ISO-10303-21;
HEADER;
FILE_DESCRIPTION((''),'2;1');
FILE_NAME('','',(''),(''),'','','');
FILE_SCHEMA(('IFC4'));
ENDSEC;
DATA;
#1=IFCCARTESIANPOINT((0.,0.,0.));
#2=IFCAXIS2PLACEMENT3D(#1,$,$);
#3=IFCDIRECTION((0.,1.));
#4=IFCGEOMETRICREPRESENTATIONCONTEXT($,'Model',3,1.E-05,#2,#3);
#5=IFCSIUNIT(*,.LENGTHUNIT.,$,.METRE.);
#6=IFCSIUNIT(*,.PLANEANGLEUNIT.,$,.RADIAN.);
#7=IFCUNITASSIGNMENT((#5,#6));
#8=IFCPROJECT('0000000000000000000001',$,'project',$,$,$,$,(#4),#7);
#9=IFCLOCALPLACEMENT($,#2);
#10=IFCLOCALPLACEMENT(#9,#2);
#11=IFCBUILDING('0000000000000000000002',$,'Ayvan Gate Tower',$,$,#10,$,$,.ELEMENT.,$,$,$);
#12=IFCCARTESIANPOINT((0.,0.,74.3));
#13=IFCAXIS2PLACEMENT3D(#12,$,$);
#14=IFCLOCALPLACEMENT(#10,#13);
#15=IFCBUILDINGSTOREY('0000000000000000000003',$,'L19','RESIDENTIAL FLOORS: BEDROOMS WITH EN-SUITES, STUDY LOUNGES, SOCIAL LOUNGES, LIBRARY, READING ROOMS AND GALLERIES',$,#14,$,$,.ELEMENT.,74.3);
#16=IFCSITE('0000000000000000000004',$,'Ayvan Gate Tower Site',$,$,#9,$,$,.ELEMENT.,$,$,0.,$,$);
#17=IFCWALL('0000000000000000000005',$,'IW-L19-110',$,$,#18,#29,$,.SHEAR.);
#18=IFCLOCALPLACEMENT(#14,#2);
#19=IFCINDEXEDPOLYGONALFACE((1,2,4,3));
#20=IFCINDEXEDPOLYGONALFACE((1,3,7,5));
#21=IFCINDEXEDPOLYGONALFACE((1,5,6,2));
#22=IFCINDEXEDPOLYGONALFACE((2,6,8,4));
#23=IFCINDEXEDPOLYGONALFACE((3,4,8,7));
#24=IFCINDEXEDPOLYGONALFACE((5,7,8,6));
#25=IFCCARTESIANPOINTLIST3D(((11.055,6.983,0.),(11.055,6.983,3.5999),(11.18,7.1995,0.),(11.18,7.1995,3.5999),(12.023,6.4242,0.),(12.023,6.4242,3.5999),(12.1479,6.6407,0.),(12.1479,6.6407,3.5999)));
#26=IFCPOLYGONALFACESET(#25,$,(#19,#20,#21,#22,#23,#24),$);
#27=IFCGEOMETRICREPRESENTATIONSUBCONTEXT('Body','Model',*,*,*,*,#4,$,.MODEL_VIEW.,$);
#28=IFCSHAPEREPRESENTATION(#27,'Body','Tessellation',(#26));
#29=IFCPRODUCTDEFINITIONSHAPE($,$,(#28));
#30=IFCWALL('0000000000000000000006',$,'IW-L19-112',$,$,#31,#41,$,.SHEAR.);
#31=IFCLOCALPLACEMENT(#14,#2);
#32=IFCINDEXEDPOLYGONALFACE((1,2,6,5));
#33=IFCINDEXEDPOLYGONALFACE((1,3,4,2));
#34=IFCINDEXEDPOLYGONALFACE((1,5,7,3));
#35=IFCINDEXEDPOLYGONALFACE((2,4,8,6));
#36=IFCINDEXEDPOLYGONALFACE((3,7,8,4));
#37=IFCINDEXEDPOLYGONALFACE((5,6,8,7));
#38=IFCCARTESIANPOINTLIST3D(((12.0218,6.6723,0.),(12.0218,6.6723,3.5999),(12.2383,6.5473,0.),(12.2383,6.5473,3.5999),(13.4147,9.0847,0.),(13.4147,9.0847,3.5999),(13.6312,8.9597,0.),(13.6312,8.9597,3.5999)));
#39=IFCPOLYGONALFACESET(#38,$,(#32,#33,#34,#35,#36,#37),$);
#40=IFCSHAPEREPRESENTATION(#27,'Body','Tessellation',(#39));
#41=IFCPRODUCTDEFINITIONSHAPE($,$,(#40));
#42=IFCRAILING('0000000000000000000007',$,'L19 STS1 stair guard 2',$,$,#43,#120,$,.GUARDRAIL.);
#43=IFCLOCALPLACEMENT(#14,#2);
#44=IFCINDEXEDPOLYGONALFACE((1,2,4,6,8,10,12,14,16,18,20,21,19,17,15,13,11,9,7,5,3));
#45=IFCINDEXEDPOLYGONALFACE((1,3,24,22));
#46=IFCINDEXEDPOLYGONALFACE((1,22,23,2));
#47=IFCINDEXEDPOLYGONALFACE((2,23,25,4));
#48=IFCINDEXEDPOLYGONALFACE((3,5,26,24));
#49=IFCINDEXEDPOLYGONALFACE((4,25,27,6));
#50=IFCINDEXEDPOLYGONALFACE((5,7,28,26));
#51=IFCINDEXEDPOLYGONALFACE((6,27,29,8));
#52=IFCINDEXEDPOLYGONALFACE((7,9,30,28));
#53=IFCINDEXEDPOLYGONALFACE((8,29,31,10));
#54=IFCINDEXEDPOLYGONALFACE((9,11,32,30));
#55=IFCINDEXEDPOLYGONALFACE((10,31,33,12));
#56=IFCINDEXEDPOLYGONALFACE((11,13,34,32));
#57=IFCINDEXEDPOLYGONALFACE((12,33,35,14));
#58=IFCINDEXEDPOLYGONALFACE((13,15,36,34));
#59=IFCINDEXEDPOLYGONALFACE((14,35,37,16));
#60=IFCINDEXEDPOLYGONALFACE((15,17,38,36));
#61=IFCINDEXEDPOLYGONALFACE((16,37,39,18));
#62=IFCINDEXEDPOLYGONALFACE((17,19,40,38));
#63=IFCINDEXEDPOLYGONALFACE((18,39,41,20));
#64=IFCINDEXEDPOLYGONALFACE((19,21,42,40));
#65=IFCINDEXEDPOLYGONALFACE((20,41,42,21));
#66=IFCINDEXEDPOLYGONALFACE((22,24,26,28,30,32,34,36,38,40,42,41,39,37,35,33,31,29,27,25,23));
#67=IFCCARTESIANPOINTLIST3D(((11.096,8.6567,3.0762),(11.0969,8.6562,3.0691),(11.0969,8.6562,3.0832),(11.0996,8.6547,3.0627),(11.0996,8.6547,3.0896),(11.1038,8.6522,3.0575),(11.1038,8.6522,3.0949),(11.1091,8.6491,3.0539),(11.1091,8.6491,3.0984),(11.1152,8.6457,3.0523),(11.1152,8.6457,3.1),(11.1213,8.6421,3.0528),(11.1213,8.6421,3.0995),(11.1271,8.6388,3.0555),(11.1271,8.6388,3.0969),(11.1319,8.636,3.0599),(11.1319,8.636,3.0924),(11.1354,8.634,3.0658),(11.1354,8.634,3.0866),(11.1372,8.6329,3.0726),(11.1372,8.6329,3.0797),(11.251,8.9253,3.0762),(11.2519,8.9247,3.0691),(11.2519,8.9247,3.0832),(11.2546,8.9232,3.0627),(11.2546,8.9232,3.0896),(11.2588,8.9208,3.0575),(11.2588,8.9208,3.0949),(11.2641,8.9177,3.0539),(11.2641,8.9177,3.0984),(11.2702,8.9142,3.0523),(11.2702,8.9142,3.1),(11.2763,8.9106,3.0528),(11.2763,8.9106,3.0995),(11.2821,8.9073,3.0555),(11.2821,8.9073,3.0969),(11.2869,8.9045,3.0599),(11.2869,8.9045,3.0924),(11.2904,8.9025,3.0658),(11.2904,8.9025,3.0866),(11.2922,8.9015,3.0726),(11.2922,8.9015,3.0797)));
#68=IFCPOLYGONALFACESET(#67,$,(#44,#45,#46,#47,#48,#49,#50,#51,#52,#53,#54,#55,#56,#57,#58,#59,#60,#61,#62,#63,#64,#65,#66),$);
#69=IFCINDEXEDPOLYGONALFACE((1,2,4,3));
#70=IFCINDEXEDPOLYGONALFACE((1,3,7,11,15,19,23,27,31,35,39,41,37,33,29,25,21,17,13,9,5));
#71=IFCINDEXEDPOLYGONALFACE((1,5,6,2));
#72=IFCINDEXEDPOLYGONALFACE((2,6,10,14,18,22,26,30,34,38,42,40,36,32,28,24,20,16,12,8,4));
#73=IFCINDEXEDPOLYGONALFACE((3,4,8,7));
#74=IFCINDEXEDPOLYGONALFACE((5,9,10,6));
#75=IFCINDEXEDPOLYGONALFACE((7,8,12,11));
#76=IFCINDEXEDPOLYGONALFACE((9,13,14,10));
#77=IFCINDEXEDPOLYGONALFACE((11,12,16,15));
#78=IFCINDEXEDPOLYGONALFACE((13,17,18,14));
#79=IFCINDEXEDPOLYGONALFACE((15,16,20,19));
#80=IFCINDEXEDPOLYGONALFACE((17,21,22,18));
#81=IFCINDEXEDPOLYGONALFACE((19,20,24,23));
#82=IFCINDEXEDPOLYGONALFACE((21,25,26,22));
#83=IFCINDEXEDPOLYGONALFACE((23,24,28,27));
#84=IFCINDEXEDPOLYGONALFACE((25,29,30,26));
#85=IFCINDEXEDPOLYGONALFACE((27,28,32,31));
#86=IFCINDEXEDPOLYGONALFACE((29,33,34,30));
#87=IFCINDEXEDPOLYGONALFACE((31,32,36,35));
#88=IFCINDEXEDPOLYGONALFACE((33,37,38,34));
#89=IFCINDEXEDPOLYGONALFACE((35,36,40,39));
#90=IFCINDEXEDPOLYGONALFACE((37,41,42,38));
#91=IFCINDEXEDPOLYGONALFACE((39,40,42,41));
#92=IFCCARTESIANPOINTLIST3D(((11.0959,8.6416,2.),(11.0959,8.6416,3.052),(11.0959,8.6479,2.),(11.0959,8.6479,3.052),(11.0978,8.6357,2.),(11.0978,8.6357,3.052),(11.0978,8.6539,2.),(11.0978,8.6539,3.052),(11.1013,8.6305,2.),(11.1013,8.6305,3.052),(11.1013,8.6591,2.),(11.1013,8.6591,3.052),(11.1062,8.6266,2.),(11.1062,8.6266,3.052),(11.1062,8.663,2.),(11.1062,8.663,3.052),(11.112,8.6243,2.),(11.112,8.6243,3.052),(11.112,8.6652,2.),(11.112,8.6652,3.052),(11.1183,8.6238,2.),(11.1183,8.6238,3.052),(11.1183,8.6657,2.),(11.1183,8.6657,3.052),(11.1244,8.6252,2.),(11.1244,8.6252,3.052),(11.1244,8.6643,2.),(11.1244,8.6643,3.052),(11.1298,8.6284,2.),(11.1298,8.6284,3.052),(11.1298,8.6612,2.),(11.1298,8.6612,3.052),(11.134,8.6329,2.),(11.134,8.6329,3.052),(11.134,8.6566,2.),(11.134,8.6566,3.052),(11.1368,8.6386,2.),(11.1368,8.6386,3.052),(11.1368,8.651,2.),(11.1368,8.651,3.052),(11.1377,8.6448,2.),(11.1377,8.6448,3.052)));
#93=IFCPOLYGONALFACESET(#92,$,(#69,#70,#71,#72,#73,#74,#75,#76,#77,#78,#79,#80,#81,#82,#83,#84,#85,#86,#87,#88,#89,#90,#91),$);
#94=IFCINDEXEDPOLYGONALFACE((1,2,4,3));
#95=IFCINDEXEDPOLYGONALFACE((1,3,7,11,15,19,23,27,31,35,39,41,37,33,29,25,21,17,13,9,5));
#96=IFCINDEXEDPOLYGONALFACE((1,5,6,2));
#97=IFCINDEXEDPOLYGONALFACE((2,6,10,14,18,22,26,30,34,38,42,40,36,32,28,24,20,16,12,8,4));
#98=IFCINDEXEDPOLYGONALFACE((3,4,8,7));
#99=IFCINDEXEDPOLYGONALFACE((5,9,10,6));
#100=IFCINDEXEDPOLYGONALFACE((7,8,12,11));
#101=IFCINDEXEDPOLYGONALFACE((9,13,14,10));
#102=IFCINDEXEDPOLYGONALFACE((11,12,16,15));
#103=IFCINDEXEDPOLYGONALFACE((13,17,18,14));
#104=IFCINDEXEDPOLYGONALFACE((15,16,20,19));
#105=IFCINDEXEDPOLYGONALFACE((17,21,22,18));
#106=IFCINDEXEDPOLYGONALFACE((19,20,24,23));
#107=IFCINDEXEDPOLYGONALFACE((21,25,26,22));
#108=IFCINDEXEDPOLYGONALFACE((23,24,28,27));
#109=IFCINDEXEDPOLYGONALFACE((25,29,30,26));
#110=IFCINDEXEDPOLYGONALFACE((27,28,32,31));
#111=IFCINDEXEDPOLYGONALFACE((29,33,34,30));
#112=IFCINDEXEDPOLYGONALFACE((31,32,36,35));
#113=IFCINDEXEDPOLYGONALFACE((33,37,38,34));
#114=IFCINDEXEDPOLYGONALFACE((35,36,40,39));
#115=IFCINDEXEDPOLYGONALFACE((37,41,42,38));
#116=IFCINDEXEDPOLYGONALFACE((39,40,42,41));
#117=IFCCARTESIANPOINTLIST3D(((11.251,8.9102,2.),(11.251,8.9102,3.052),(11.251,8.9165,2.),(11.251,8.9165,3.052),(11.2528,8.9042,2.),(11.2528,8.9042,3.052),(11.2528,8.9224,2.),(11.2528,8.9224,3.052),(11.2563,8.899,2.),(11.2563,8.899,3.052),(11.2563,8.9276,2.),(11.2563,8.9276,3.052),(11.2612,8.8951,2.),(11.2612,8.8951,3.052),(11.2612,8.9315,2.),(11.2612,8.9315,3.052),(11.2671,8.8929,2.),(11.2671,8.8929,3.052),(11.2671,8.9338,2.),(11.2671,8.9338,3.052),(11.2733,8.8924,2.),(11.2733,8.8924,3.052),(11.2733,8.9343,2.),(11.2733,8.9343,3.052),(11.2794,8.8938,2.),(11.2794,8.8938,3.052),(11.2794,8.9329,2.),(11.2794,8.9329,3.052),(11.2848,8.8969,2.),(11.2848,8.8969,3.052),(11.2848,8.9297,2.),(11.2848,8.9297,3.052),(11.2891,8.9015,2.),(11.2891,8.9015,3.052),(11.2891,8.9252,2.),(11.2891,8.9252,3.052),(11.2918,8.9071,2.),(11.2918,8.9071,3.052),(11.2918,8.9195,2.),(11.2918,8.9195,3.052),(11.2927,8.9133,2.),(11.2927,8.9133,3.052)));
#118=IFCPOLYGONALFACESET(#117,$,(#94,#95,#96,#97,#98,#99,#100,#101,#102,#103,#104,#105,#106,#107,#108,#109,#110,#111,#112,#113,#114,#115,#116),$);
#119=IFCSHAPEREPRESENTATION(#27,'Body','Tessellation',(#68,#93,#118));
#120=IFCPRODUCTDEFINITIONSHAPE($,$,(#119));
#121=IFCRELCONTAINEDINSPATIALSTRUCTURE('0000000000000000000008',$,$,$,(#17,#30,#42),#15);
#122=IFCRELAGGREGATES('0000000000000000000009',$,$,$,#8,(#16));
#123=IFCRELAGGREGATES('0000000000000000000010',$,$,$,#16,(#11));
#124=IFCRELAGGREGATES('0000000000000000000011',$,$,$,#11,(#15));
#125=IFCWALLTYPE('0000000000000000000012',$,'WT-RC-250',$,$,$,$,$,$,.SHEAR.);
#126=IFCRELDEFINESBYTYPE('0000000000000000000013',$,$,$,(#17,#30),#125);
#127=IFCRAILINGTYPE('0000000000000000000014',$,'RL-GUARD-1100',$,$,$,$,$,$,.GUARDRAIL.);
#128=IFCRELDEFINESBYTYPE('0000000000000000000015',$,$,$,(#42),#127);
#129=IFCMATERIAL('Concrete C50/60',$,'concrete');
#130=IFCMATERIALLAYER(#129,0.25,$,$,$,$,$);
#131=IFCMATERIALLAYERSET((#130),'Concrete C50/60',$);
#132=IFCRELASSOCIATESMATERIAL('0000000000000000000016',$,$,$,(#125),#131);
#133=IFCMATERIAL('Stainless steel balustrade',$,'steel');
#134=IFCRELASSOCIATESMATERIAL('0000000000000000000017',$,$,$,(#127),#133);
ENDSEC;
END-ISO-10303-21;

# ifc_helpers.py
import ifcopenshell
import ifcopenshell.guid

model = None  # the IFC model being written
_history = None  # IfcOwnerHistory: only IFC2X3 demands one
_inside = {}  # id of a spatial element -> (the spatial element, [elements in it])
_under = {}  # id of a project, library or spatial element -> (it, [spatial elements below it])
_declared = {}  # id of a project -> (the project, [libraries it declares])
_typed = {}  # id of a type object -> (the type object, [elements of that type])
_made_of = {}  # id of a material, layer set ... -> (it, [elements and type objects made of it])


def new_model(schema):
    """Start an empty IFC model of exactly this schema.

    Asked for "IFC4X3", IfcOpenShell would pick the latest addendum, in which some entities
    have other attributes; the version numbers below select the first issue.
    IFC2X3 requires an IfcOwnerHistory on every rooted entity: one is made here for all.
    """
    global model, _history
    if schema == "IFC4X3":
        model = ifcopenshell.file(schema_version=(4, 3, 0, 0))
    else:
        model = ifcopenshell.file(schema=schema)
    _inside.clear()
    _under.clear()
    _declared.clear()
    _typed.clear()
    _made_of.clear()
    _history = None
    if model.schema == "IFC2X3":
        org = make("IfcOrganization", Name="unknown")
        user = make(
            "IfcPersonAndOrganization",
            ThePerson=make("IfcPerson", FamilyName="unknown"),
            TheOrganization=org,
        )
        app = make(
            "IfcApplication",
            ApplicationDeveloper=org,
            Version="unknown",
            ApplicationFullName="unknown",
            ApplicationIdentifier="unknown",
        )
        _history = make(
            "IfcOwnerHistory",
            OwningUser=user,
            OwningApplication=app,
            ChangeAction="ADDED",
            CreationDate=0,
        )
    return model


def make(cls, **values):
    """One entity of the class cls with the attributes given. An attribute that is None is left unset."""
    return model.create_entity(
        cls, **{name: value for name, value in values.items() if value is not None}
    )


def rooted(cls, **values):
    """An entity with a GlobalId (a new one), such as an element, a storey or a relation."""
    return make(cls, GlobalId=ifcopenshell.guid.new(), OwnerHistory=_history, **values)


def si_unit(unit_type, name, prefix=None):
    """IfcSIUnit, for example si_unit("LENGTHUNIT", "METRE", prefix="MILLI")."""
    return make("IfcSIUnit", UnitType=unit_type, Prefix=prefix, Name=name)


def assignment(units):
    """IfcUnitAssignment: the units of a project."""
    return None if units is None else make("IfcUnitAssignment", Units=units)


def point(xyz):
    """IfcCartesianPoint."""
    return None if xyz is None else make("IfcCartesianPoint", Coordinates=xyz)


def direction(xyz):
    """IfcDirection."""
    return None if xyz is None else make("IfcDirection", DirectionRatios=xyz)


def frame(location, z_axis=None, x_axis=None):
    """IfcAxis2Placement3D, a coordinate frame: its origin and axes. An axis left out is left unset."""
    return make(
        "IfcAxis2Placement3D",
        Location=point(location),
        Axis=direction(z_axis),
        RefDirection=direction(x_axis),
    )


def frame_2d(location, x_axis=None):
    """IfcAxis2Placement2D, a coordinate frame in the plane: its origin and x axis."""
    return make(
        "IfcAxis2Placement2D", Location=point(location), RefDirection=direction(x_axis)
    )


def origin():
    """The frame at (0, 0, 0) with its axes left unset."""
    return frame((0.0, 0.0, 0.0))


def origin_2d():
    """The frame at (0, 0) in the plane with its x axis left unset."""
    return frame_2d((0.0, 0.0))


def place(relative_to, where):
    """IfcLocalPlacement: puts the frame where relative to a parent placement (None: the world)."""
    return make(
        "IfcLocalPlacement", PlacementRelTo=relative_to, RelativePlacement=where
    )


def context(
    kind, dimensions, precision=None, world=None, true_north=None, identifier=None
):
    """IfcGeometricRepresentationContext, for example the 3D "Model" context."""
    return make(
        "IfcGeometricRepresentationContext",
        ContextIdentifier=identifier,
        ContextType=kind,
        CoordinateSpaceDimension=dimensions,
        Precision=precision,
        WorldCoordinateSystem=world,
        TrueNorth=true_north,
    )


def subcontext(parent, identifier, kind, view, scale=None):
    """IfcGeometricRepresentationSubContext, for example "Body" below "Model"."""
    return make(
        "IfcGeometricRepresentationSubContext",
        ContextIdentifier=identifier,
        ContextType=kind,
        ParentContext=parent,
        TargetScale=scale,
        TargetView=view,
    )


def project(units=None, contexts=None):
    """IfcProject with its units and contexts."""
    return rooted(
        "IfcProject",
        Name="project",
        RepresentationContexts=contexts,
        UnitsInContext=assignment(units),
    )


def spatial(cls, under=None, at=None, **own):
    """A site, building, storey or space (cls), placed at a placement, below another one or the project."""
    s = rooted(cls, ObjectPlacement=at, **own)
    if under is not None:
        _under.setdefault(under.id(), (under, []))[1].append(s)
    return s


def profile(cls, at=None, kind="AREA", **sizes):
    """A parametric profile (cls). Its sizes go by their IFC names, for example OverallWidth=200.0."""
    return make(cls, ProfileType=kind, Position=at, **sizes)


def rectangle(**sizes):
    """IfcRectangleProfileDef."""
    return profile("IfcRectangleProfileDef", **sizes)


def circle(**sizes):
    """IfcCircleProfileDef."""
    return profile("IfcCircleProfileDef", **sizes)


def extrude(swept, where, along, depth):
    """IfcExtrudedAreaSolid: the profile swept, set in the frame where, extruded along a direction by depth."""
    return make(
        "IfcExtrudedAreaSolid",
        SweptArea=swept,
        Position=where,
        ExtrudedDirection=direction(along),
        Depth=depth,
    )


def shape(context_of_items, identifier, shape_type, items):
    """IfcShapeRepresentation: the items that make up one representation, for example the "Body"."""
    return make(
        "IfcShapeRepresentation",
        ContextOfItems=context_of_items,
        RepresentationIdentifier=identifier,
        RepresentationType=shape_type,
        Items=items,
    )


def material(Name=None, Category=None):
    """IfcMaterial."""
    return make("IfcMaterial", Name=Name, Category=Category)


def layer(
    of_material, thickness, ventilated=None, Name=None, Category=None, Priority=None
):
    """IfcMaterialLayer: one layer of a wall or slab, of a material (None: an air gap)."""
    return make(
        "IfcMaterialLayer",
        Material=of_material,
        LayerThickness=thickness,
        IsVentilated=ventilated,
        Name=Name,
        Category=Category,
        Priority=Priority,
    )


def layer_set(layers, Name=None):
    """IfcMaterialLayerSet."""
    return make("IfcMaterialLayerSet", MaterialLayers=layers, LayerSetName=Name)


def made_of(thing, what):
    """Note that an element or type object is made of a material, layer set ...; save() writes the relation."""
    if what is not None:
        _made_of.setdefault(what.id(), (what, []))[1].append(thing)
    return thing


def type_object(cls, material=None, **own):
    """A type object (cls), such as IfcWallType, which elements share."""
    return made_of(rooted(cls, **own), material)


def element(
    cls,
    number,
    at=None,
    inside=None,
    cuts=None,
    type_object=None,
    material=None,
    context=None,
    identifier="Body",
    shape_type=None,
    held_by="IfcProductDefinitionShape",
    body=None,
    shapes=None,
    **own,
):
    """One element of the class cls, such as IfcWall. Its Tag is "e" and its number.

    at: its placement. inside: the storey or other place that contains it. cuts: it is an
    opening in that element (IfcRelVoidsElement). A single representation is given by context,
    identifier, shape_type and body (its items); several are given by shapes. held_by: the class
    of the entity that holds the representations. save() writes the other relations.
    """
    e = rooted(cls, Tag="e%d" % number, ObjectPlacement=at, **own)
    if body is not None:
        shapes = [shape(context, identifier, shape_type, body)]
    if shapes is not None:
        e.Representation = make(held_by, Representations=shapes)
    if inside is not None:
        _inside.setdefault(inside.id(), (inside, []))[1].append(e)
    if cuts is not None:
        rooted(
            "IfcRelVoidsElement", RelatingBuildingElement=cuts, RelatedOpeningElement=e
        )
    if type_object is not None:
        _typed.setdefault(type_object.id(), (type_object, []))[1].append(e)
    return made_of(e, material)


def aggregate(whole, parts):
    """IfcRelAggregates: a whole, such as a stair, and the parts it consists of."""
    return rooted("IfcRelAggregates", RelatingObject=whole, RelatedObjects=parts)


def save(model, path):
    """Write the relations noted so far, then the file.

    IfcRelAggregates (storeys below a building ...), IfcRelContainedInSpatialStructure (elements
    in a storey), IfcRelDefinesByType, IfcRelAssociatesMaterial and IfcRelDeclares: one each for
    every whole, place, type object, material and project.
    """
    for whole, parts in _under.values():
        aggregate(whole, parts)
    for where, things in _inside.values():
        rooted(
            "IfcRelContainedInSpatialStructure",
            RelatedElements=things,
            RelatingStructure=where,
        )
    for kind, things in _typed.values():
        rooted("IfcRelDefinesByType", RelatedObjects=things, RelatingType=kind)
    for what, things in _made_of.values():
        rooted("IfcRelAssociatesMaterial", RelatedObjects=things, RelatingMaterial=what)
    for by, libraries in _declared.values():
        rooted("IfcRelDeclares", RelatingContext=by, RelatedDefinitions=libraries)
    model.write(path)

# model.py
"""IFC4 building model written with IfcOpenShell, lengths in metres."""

from ifc_helpers import new_model, si_unit, direction, frame, frame_2d, origin, origin_2d, place, context, subcontext, project, spatial, rectangle, circle, extrude, material, layer, layer_set, type_object, element, save


model = new_model("IFC4")

# Units and contexts
model_context = context("Model", 3, precision=1e-05, world=origin(), true_north=direction((0.0, 1.0)))
body_context = subcontext(model_context, "Body", "Model", "MODEL_VIEW")
ifc_project = project(units=[si_unit("LENGTHUNIT", "METRE"), si_unit("PLANEANGLEUNIT", "RADIAN")], contexts=[model_context])

# Site, building, storey
site_placement = place(None, origin())
site = spatial("IfcSite", under=ifc_project, at=site_placement, Name="Ayvan Gate Tower Site", CompositionType="ELEMENT", RefElevation=0.0)
building_placement = place(site_placement, origin())
building = spatial("IfcBuilding", under=site, at=building_placement, Name="Ayvan Gate Tower", CompositionType="ELEMENT")
storey_placement = place(building_placement, frame((0.0, 0.0, 74.3)))
storey = spatial("IfcBuildingStorey", under=building, at=storey_placement, Name="L19", Description="RESIDENTIAL FLOORS: BEDROOMS WITH EN-SUITES, STUDY LOUNGES, SOCIAL LOUNGES, LIBRARY, READING ROOMS AND GALLERIES", CompositionType="ELEMENT", Elevation=74.3)

# Shared definitions
ifc_material_1 = material(Name="Concrete C50/60", Category="concrete")
ifc_layer_1 = layer(ifc_material_1, 0.25)
ifc_layer_set_1 = layer_set([ifc_layer_1], Name="Concrete C50/60")
wall_type_1 = type_object("IfcWallType", Name="WT-RC-250", PredefinedType="SHEAR", material=ifc_layer_set_1)

# Walls
wall_1_placement = place(storey_placement, frame((12.0854, 6.5325, 0.0), z_axis=(0.0, 0.0, 1.0), x_axis=(-0.866044, 0.499968, 0.0)))
element("IfcWall", 1, at=wall_1_placement, inside=storey, type_object=wall_type_1, Name="IW-L19-110", PredefinedType="SHEAR", context=body_context, shape_type="SweptSolid", body=[
    extrude(rectangle(XDim=1.1177, YDim=0.25, at=frame_2d((0.5588, 0.0))), origin(), (0.0, 0.0, 1.0), 3.5999),
])
wall_2_placement = place(storey_placement, frame((13.5229, 9.0222, 0.0), z_axis=(0.0, 0.0, 1.0), x_axis=(-0.500013, -0.866018, 0.0)))
element("IfcWall", 2, at=wall_2_placement, inside=storey, type_object=wall_type_1, Name="IW-L19-112", PredefinedType="SHEAR", context=body_context, shape_type="SweptSolid", body=[
    extrude(rectangle(XDim=2.7856, YDim=0.25, at=frame_2d((1.3928, 0.0))), origin(), (0.0, 0.0, 1.0), 3.5999),
])

# Railing
ifc_material_2 = material(Name="Stainless steel balustrade", Category="steel")
railing_type_1 = type_object("IfcRailingType", Name="RL-GUARD-1100", PredefinedType="GUARDRAIL", material=ifc_material_2)
railing_1_placement = place(storey_placement, frame((11.1167, 8.6448, 2.0)))
element("IfcRailing", 3, at=railing_1_placement, inside=storey, type_object=railing_type_1, Name="L19 STS1 stair guard 2", PredefinedType="GUARDRAIL", context=body_context, shape_type="SweptSolid", body=[
    extrude(circle(Radius=0.0239, at=origin_2d()), frame((0.0, 0.0, 1.0762), z_axis=(0.49995, 0.866054, 0.0), x_axis=(-0.866054, 0.49995, 0.0)), (0.0, 0.0, 1.0), 0.3101),
    extrude(circle(Radius=0.021, at=origin_2d()), origin(), (0.0, 0.0, 1.0), 1.052),
    extrude(circle(Radius=0.021, at=origin_2d()), frame((0.155, 0.2686, 0.0)), (0.0, 0.0, 1.0), 1.052),
])

save(model, "model.ifc")
